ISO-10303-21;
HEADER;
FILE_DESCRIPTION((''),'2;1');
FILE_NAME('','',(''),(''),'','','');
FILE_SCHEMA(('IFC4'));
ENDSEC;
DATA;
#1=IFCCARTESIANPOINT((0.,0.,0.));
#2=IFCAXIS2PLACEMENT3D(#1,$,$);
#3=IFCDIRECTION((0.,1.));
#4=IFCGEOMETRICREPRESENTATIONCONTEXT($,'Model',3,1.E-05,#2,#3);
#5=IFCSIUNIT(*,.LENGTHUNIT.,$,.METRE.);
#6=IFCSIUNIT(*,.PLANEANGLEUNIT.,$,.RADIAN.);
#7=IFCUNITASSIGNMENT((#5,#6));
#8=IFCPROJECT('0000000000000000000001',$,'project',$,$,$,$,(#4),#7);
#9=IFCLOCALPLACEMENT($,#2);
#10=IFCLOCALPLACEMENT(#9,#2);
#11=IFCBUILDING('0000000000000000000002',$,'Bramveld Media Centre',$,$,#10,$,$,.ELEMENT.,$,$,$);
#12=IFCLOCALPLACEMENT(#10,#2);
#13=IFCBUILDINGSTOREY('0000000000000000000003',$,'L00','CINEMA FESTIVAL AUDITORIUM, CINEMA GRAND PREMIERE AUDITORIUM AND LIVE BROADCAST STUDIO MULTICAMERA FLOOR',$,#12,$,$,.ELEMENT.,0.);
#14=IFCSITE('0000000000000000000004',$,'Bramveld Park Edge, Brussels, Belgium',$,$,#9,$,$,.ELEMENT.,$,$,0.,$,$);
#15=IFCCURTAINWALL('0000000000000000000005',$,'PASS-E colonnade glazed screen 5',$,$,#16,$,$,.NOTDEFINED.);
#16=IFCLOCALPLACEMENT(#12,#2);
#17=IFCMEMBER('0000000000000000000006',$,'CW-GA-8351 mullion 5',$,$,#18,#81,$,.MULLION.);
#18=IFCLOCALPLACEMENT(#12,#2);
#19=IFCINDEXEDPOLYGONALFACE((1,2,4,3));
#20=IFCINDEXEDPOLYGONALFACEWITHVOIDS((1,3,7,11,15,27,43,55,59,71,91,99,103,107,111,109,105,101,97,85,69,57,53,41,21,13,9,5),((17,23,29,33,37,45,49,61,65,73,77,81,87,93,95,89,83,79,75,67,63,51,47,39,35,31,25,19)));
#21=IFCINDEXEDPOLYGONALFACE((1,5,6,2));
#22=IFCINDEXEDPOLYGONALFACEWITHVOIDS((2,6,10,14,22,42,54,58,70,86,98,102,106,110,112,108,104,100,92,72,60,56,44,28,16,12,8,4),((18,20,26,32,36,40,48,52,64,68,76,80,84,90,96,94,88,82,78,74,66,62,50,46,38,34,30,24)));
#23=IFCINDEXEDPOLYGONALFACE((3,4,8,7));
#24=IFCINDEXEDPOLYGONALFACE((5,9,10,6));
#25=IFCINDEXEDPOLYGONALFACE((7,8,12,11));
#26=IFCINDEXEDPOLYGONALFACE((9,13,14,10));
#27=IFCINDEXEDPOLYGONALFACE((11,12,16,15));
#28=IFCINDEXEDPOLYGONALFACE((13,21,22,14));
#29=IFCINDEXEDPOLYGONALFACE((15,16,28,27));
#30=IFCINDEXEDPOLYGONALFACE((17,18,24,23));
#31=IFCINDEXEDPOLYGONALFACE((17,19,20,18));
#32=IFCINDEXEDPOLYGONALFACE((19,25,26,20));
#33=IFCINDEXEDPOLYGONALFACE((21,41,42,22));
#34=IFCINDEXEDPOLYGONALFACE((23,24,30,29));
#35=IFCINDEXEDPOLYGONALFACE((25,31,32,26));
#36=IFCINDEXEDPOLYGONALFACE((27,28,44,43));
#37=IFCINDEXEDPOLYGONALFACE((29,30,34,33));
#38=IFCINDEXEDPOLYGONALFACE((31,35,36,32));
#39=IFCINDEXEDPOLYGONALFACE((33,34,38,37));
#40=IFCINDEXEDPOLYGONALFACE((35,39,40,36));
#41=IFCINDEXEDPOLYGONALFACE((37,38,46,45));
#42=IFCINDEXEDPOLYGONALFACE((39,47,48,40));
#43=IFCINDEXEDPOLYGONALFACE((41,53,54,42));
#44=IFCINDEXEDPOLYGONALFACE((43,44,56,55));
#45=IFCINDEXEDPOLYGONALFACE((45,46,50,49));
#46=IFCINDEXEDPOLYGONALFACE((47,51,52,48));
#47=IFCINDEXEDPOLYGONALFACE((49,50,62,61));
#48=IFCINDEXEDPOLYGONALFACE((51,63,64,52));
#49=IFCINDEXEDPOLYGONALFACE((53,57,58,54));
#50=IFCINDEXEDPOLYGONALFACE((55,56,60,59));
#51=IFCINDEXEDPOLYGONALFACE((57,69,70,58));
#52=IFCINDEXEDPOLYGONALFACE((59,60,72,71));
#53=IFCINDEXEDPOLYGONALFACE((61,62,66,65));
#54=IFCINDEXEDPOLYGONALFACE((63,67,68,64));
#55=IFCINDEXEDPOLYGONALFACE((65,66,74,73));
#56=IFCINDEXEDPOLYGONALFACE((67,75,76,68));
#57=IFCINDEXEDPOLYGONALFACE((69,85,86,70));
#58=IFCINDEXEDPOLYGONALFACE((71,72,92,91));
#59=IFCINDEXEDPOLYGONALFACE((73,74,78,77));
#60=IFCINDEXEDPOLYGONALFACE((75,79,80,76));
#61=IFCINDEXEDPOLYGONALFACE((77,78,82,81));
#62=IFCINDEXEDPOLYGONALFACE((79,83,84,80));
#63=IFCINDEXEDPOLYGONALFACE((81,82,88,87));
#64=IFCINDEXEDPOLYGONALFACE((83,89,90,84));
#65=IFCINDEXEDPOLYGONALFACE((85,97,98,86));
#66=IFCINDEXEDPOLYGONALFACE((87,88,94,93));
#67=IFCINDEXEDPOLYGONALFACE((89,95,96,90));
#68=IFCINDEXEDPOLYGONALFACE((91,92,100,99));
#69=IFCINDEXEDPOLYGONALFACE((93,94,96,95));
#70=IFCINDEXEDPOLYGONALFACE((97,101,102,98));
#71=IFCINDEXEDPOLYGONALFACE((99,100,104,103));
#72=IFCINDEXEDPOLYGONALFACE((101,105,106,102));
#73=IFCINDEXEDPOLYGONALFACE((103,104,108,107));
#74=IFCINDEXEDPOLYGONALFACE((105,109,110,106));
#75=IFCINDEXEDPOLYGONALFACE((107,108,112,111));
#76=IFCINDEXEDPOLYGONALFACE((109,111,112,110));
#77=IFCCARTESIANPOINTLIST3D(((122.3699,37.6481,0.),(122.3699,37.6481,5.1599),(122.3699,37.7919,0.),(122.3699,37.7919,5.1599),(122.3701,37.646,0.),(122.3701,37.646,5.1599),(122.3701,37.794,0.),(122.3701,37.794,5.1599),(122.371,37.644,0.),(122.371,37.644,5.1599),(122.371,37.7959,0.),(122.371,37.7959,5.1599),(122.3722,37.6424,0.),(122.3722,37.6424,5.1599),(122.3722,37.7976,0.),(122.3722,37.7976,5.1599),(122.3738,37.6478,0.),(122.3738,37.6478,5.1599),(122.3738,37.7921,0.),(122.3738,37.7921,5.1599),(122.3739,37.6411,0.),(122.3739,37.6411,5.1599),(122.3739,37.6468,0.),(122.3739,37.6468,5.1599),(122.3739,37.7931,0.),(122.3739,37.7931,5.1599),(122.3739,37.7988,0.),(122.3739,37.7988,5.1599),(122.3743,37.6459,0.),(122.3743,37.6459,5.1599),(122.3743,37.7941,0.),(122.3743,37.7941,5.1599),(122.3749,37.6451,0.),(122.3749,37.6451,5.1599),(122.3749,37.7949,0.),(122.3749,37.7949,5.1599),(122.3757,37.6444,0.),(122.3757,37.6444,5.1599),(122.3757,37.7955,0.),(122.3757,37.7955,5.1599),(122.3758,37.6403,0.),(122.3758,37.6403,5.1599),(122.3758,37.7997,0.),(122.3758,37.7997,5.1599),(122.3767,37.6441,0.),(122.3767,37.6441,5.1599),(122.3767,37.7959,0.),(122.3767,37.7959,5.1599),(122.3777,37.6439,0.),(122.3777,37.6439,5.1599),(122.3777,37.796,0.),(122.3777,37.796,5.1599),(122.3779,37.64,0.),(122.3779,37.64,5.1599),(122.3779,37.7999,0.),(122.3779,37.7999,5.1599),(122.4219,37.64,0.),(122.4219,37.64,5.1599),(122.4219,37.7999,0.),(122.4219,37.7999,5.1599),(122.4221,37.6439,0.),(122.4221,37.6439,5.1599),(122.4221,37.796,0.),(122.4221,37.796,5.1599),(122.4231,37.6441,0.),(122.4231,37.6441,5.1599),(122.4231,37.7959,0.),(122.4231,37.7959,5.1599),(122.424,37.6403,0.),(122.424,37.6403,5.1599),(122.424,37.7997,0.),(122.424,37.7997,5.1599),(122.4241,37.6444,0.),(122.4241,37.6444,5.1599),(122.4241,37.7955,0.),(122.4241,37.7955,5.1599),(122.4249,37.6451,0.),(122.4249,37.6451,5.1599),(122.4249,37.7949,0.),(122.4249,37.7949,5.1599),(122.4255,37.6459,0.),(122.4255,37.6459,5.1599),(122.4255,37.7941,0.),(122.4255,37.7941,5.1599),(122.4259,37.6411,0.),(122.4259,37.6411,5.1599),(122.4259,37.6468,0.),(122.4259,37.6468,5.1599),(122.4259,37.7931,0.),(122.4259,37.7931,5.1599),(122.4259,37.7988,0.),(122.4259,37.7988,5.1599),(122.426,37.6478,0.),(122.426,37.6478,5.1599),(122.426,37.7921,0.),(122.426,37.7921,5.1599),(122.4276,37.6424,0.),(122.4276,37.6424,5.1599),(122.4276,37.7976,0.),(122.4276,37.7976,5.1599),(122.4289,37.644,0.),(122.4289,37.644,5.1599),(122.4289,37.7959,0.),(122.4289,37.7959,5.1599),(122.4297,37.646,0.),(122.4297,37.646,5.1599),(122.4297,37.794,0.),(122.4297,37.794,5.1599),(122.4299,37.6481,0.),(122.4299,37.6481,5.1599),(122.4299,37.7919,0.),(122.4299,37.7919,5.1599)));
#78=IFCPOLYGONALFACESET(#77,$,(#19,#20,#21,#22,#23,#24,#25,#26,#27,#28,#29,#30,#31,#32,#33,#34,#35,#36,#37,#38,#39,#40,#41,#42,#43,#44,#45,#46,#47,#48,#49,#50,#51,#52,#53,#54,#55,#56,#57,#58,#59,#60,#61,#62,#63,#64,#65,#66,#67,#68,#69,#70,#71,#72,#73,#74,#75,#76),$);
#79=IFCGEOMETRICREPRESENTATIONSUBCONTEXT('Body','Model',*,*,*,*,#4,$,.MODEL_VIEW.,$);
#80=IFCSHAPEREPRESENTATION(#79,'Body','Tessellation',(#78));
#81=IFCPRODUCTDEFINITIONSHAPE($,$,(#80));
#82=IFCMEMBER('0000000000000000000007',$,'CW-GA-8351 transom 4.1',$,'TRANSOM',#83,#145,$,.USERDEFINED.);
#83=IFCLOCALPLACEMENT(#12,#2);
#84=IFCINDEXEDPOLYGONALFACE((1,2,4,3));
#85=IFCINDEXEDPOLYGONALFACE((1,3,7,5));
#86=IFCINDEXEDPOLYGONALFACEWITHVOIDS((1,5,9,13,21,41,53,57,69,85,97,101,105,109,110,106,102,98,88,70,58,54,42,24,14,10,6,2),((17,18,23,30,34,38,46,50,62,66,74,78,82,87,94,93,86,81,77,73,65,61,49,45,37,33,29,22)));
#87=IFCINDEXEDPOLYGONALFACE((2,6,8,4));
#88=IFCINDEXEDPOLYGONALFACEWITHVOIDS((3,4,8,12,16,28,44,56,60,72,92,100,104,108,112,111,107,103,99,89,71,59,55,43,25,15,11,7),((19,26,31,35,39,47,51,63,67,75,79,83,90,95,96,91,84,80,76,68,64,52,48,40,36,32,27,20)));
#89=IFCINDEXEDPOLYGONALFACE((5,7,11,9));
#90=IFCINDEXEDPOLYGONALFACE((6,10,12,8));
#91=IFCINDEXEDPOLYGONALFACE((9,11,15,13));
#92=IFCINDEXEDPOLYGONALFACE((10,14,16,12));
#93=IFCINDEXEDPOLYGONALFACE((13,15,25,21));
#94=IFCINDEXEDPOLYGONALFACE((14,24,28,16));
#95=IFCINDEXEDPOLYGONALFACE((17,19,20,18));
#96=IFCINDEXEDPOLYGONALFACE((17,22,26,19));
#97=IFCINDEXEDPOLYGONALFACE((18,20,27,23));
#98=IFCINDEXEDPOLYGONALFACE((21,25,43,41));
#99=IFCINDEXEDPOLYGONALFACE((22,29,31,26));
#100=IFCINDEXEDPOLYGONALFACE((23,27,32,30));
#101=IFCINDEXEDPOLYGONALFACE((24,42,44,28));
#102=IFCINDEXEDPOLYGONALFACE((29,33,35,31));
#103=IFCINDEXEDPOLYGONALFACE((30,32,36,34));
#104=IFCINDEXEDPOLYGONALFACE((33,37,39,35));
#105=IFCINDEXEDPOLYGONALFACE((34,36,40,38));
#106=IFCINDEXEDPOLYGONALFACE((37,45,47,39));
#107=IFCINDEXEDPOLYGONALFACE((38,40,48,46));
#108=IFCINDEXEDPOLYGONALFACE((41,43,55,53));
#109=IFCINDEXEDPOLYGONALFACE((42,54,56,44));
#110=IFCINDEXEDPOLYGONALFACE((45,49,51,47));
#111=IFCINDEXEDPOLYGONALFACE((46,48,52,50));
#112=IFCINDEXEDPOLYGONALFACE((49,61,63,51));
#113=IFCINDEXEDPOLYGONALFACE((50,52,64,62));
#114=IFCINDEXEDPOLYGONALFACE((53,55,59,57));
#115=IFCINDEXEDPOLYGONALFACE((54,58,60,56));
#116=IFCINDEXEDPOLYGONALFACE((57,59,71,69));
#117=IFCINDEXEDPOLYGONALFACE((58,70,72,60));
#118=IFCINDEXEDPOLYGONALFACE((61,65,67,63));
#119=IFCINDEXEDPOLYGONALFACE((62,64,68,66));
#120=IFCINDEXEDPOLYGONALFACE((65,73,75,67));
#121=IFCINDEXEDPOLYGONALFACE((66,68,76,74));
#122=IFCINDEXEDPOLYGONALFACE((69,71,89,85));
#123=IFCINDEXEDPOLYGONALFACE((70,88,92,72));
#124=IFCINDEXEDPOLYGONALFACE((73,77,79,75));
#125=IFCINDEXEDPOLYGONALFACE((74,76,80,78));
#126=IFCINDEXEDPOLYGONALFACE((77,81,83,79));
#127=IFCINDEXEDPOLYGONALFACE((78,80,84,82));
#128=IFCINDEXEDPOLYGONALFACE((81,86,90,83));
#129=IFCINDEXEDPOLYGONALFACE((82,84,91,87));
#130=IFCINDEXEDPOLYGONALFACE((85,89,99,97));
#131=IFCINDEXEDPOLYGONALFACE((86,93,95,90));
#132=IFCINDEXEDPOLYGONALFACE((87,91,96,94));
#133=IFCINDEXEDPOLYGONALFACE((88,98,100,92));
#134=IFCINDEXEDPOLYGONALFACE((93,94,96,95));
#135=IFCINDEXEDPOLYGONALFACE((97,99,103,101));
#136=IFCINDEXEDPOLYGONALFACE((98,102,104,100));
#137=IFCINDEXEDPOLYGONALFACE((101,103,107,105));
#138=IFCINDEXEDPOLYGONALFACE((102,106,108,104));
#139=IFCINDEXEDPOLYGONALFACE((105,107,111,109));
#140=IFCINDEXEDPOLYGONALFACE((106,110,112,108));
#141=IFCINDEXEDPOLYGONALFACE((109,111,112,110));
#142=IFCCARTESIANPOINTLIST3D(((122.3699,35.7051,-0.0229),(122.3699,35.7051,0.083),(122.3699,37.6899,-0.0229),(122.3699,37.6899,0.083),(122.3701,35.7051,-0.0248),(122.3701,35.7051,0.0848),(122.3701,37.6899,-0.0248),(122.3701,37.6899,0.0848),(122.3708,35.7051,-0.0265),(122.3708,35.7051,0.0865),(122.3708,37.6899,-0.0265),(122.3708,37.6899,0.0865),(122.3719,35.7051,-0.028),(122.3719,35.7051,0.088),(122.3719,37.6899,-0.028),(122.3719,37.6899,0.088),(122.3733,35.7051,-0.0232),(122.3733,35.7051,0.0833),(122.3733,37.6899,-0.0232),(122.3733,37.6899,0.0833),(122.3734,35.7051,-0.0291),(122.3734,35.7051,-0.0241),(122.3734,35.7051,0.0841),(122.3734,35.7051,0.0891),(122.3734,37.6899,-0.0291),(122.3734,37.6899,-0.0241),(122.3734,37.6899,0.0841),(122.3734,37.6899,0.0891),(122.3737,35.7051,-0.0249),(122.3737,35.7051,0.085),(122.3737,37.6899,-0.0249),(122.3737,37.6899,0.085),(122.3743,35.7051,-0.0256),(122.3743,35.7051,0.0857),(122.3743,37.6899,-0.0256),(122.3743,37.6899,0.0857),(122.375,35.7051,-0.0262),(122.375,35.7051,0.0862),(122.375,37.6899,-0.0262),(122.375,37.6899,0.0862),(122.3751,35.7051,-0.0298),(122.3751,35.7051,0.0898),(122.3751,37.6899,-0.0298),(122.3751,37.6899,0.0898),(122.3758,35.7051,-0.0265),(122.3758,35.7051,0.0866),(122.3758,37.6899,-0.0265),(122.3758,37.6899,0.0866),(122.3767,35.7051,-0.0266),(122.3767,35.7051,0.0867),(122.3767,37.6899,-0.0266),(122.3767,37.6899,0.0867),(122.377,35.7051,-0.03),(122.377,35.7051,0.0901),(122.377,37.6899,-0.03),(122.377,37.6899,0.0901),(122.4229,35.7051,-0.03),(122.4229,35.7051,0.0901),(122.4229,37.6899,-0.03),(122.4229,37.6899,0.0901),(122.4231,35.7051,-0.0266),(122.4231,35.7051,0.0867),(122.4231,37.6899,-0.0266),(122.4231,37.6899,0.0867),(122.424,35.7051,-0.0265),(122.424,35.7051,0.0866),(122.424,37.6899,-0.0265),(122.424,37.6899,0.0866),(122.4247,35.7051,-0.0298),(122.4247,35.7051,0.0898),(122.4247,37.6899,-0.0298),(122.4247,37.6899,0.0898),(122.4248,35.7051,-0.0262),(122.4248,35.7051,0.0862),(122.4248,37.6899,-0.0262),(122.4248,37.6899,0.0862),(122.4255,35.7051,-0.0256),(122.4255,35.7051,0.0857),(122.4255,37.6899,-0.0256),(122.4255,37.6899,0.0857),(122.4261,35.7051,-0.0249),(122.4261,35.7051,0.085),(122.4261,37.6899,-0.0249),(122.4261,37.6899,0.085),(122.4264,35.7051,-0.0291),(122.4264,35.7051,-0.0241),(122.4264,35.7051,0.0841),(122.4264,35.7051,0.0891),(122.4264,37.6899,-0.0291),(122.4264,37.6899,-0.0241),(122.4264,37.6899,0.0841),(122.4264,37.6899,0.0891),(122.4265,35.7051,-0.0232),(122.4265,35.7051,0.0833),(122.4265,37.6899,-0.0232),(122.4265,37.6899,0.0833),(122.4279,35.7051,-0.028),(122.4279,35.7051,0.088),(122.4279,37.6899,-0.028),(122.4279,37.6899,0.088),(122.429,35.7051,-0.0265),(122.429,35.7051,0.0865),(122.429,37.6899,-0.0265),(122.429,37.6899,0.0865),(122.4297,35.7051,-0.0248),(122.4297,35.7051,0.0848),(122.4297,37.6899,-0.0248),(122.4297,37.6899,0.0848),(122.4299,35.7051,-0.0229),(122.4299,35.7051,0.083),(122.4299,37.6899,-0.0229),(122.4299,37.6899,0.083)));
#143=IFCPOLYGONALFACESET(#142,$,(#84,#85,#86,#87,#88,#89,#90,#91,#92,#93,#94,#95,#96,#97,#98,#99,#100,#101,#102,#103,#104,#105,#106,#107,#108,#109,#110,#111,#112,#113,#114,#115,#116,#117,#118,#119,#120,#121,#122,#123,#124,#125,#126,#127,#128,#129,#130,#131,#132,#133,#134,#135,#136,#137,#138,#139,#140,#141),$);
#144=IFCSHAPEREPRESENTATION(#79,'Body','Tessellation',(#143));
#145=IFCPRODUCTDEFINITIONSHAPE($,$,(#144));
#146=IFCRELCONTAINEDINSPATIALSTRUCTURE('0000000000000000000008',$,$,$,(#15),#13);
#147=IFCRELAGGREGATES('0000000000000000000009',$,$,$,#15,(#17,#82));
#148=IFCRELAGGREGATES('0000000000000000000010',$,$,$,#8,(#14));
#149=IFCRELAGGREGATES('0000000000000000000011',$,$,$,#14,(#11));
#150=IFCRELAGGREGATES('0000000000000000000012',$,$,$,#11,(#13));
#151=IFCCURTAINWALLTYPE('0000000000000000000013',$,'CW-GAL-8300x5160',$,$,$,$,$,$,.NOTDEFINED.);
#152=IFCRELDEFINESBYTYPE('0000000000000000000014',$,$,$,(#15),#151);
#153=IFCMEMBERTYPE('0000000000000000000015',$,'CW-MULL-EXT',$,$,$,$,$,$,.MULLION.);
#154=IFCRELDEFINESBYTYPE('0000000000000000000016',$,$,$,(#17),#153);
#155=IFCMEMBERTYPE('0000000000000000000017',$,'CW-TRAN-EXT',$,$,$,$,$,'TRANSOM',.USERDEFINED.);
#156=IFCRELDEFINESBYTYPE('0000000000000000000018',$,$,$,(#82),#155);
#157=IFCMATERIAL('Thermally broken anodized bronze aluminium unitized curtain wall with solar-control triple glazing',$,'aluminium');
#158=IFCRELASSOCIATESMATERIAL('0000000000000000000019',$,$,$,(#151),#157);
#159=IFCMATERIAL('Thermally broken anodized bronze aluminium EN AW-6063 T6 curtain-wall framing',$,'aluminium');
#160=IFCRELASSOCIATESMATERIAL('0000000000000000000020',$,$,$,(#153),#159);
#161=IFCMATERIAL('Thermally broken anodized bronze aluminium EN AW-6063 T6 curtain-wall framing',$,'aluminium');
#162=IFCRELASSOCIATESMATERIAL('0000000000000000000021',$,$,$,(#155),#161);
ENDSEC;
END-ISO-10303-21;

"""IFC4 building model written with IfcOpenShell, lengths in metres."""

from ifc_helpers import new_model, si_unit, direction, frame, origin, origin_2d, place, context, subcontext, project, spatial, hollow_rectangle, extrude, material, material_profile, profile_set, type_object, element, aggregate, save


model = new_model("IFC4")

# Units and contexts
model_context = context("Model", 3, precision=1e-05, world=origin(), true_north=direction((0.0, 1.0)))
body_context = subcontext(model_context, "Body", "Model", "MODEL_VIEW")
ifc_project = project(units=[si_unit("LENGTHUNIT", "METRE"), si_unit("PLANEANGLEUNIT", "RADIAN")], contexts=[model_context])

# Site, building, storey
site_placement = place(None, origin())
site = spatial("IfcSite", under=ifc_project, at=site_placement, Name="Bramveld Park Edge, Brussels, Belgium", CompositionType="ELEMENT", RefElevation=0.0)
building_placement = place(site_placement, origin())
building = spatial("IfcBuilding", under=site, at=building_placement, Name="Bramveld Media Centre", CompositionType="ELEMENT")
storey_placement = place(building_placement, origin())
storey = spatial("IfcBuildingStorey", under=building, at=storey_placement, Name="L00", Description="CINEMA FESTIVAL AUDITORIUM, CINEMA GRAND PREMIERE AUDITORIUM AND LIVE BROADCAST STUDIO MULTICAMERA FLOOR", CompositionType="ELEMENT", Elevation=0.0)

# Curtain wall, members
ifc_material_1 = material(Name="Thermally broken anodized bronze aluminium unitized curtain wall with solar-control triple glazing", Category="aluminium")
curtain_wall_type = type_object("IfcCurtainWallType", Name="CW-GAL-8300x5160", PredefinedType="NOTDEFINED", material=ifc_material_1)
curtain_wall_placement = place(storey_placement, origin())
curtain_wall = element("IfcCurtainWall", 1, at=curtain_wall_placement, inside=storey, type_object=curtain_wall_type, Name="PASS-E colonnade glazed screen 5", PredefinedType="NOTDEFINED")
ifc_material_2 = material(Name="Thermally broken anodized bronze aluminium EN AW-6063 T6 curtain-wall framing", Category="aluminium")
ifc_material_profile_1 = material_profile(ifc_material_2, hollow_rectangle(XDim=0.0601, YDim=0.1599, WallThickness=0.0039, InnerFilletRadius=0.0039, OuterFilletRadius=0.0081, at=origin_2d()), Name="AL-MULL 60x160")
ifc_profile_set_1 = profile_set([ifc_material_profile_1], Name="Thermally broken anodized bronze aluminium EN AW-6063 T6 curtain-wall framing")
member_type_1 = type_object("IfcMemberType", Name="CW-MULL-EXT", PredefinedType="MULLION", material=ifc_profile_set_1)
member_1_placement = place(storey_placement, frame((122.3999, 37.72, 0.0), z_axis=(0.0, 0.0, 1.0), x_axis=(-1.0, 0.0, 0.0)))
member_1 = element("IfcMember", 2, at=member_1_placement, type_object=member_type_1, Name="CW-GA-8351 mullion 5", PredefinedType="MULLION", context=body_context, shape_type="SweptSolid", body=[
    extrude(hollow_rectangle(XDim=0.0601, YDim=0.1599, WallThickness=0.0039, InnerFilletRadius=0.0039, OuterFilletRadius=0.0081, at=origin_2d()), origin(), (0.0, 0.0, 1.0), 5.1599),
])
ifc_material_3 = material(Name="Thermally broken anodized bronze aluminium EN AW-6063 T6 curtain-wall framing", Category="aluminium")
ifc_material_profile_2 = material_profile(ifc_material_3, hollow_rectangle(XDim=0.0601, YDim=0.1201, WallThickness=0.0034, InnerFilletRadius=0.0034, OuterFilletRadius=0.0071, at=origin_2d()), Name="AL-TRAN 60x120")
ifc_profile_set_2 = profile_set([ifc_material_profile_2], Name="Thermally broken anodized bronze aluminium EN AW-6063 T6 curtain-wall framing")
member_type_2 = type_object("IfcMemberType", Name="CW-TRAN-EXT", ElementType="TRANSOM", PredefinedType="USERDEFINED", material=ifc_profile_set_2)
member_2_placement = place(storey_placement, frame((122.3999, 35.7051, 0.03), z_axis=(0.0, 1.0, 0.0), x_axis=(-1.0, 0.0, 0.0)))
member_2 = element("IfcMember", 3, at=member_2_placement, type_object=member_type_2, Name="CW-GA-8351 transom 4.1", ObjectType="TRANSOM", PredefinedType="USERDEFINED", context=body_context, shape_type="SweptSolid", body=[
    extrude(hollow_rectangle(XDim=0.0601, YDim=0.1201, WallThickness=0.0034, InnerFilletRadius=0.0034, OuterFilletRadius=0.0071, at=origin_2d()), origin(), (0.0, 0.0, 1.0), 1.9849),
])

aggregate(curtain_wall, [member_1, member_2])

save(model, "model.ifc")
